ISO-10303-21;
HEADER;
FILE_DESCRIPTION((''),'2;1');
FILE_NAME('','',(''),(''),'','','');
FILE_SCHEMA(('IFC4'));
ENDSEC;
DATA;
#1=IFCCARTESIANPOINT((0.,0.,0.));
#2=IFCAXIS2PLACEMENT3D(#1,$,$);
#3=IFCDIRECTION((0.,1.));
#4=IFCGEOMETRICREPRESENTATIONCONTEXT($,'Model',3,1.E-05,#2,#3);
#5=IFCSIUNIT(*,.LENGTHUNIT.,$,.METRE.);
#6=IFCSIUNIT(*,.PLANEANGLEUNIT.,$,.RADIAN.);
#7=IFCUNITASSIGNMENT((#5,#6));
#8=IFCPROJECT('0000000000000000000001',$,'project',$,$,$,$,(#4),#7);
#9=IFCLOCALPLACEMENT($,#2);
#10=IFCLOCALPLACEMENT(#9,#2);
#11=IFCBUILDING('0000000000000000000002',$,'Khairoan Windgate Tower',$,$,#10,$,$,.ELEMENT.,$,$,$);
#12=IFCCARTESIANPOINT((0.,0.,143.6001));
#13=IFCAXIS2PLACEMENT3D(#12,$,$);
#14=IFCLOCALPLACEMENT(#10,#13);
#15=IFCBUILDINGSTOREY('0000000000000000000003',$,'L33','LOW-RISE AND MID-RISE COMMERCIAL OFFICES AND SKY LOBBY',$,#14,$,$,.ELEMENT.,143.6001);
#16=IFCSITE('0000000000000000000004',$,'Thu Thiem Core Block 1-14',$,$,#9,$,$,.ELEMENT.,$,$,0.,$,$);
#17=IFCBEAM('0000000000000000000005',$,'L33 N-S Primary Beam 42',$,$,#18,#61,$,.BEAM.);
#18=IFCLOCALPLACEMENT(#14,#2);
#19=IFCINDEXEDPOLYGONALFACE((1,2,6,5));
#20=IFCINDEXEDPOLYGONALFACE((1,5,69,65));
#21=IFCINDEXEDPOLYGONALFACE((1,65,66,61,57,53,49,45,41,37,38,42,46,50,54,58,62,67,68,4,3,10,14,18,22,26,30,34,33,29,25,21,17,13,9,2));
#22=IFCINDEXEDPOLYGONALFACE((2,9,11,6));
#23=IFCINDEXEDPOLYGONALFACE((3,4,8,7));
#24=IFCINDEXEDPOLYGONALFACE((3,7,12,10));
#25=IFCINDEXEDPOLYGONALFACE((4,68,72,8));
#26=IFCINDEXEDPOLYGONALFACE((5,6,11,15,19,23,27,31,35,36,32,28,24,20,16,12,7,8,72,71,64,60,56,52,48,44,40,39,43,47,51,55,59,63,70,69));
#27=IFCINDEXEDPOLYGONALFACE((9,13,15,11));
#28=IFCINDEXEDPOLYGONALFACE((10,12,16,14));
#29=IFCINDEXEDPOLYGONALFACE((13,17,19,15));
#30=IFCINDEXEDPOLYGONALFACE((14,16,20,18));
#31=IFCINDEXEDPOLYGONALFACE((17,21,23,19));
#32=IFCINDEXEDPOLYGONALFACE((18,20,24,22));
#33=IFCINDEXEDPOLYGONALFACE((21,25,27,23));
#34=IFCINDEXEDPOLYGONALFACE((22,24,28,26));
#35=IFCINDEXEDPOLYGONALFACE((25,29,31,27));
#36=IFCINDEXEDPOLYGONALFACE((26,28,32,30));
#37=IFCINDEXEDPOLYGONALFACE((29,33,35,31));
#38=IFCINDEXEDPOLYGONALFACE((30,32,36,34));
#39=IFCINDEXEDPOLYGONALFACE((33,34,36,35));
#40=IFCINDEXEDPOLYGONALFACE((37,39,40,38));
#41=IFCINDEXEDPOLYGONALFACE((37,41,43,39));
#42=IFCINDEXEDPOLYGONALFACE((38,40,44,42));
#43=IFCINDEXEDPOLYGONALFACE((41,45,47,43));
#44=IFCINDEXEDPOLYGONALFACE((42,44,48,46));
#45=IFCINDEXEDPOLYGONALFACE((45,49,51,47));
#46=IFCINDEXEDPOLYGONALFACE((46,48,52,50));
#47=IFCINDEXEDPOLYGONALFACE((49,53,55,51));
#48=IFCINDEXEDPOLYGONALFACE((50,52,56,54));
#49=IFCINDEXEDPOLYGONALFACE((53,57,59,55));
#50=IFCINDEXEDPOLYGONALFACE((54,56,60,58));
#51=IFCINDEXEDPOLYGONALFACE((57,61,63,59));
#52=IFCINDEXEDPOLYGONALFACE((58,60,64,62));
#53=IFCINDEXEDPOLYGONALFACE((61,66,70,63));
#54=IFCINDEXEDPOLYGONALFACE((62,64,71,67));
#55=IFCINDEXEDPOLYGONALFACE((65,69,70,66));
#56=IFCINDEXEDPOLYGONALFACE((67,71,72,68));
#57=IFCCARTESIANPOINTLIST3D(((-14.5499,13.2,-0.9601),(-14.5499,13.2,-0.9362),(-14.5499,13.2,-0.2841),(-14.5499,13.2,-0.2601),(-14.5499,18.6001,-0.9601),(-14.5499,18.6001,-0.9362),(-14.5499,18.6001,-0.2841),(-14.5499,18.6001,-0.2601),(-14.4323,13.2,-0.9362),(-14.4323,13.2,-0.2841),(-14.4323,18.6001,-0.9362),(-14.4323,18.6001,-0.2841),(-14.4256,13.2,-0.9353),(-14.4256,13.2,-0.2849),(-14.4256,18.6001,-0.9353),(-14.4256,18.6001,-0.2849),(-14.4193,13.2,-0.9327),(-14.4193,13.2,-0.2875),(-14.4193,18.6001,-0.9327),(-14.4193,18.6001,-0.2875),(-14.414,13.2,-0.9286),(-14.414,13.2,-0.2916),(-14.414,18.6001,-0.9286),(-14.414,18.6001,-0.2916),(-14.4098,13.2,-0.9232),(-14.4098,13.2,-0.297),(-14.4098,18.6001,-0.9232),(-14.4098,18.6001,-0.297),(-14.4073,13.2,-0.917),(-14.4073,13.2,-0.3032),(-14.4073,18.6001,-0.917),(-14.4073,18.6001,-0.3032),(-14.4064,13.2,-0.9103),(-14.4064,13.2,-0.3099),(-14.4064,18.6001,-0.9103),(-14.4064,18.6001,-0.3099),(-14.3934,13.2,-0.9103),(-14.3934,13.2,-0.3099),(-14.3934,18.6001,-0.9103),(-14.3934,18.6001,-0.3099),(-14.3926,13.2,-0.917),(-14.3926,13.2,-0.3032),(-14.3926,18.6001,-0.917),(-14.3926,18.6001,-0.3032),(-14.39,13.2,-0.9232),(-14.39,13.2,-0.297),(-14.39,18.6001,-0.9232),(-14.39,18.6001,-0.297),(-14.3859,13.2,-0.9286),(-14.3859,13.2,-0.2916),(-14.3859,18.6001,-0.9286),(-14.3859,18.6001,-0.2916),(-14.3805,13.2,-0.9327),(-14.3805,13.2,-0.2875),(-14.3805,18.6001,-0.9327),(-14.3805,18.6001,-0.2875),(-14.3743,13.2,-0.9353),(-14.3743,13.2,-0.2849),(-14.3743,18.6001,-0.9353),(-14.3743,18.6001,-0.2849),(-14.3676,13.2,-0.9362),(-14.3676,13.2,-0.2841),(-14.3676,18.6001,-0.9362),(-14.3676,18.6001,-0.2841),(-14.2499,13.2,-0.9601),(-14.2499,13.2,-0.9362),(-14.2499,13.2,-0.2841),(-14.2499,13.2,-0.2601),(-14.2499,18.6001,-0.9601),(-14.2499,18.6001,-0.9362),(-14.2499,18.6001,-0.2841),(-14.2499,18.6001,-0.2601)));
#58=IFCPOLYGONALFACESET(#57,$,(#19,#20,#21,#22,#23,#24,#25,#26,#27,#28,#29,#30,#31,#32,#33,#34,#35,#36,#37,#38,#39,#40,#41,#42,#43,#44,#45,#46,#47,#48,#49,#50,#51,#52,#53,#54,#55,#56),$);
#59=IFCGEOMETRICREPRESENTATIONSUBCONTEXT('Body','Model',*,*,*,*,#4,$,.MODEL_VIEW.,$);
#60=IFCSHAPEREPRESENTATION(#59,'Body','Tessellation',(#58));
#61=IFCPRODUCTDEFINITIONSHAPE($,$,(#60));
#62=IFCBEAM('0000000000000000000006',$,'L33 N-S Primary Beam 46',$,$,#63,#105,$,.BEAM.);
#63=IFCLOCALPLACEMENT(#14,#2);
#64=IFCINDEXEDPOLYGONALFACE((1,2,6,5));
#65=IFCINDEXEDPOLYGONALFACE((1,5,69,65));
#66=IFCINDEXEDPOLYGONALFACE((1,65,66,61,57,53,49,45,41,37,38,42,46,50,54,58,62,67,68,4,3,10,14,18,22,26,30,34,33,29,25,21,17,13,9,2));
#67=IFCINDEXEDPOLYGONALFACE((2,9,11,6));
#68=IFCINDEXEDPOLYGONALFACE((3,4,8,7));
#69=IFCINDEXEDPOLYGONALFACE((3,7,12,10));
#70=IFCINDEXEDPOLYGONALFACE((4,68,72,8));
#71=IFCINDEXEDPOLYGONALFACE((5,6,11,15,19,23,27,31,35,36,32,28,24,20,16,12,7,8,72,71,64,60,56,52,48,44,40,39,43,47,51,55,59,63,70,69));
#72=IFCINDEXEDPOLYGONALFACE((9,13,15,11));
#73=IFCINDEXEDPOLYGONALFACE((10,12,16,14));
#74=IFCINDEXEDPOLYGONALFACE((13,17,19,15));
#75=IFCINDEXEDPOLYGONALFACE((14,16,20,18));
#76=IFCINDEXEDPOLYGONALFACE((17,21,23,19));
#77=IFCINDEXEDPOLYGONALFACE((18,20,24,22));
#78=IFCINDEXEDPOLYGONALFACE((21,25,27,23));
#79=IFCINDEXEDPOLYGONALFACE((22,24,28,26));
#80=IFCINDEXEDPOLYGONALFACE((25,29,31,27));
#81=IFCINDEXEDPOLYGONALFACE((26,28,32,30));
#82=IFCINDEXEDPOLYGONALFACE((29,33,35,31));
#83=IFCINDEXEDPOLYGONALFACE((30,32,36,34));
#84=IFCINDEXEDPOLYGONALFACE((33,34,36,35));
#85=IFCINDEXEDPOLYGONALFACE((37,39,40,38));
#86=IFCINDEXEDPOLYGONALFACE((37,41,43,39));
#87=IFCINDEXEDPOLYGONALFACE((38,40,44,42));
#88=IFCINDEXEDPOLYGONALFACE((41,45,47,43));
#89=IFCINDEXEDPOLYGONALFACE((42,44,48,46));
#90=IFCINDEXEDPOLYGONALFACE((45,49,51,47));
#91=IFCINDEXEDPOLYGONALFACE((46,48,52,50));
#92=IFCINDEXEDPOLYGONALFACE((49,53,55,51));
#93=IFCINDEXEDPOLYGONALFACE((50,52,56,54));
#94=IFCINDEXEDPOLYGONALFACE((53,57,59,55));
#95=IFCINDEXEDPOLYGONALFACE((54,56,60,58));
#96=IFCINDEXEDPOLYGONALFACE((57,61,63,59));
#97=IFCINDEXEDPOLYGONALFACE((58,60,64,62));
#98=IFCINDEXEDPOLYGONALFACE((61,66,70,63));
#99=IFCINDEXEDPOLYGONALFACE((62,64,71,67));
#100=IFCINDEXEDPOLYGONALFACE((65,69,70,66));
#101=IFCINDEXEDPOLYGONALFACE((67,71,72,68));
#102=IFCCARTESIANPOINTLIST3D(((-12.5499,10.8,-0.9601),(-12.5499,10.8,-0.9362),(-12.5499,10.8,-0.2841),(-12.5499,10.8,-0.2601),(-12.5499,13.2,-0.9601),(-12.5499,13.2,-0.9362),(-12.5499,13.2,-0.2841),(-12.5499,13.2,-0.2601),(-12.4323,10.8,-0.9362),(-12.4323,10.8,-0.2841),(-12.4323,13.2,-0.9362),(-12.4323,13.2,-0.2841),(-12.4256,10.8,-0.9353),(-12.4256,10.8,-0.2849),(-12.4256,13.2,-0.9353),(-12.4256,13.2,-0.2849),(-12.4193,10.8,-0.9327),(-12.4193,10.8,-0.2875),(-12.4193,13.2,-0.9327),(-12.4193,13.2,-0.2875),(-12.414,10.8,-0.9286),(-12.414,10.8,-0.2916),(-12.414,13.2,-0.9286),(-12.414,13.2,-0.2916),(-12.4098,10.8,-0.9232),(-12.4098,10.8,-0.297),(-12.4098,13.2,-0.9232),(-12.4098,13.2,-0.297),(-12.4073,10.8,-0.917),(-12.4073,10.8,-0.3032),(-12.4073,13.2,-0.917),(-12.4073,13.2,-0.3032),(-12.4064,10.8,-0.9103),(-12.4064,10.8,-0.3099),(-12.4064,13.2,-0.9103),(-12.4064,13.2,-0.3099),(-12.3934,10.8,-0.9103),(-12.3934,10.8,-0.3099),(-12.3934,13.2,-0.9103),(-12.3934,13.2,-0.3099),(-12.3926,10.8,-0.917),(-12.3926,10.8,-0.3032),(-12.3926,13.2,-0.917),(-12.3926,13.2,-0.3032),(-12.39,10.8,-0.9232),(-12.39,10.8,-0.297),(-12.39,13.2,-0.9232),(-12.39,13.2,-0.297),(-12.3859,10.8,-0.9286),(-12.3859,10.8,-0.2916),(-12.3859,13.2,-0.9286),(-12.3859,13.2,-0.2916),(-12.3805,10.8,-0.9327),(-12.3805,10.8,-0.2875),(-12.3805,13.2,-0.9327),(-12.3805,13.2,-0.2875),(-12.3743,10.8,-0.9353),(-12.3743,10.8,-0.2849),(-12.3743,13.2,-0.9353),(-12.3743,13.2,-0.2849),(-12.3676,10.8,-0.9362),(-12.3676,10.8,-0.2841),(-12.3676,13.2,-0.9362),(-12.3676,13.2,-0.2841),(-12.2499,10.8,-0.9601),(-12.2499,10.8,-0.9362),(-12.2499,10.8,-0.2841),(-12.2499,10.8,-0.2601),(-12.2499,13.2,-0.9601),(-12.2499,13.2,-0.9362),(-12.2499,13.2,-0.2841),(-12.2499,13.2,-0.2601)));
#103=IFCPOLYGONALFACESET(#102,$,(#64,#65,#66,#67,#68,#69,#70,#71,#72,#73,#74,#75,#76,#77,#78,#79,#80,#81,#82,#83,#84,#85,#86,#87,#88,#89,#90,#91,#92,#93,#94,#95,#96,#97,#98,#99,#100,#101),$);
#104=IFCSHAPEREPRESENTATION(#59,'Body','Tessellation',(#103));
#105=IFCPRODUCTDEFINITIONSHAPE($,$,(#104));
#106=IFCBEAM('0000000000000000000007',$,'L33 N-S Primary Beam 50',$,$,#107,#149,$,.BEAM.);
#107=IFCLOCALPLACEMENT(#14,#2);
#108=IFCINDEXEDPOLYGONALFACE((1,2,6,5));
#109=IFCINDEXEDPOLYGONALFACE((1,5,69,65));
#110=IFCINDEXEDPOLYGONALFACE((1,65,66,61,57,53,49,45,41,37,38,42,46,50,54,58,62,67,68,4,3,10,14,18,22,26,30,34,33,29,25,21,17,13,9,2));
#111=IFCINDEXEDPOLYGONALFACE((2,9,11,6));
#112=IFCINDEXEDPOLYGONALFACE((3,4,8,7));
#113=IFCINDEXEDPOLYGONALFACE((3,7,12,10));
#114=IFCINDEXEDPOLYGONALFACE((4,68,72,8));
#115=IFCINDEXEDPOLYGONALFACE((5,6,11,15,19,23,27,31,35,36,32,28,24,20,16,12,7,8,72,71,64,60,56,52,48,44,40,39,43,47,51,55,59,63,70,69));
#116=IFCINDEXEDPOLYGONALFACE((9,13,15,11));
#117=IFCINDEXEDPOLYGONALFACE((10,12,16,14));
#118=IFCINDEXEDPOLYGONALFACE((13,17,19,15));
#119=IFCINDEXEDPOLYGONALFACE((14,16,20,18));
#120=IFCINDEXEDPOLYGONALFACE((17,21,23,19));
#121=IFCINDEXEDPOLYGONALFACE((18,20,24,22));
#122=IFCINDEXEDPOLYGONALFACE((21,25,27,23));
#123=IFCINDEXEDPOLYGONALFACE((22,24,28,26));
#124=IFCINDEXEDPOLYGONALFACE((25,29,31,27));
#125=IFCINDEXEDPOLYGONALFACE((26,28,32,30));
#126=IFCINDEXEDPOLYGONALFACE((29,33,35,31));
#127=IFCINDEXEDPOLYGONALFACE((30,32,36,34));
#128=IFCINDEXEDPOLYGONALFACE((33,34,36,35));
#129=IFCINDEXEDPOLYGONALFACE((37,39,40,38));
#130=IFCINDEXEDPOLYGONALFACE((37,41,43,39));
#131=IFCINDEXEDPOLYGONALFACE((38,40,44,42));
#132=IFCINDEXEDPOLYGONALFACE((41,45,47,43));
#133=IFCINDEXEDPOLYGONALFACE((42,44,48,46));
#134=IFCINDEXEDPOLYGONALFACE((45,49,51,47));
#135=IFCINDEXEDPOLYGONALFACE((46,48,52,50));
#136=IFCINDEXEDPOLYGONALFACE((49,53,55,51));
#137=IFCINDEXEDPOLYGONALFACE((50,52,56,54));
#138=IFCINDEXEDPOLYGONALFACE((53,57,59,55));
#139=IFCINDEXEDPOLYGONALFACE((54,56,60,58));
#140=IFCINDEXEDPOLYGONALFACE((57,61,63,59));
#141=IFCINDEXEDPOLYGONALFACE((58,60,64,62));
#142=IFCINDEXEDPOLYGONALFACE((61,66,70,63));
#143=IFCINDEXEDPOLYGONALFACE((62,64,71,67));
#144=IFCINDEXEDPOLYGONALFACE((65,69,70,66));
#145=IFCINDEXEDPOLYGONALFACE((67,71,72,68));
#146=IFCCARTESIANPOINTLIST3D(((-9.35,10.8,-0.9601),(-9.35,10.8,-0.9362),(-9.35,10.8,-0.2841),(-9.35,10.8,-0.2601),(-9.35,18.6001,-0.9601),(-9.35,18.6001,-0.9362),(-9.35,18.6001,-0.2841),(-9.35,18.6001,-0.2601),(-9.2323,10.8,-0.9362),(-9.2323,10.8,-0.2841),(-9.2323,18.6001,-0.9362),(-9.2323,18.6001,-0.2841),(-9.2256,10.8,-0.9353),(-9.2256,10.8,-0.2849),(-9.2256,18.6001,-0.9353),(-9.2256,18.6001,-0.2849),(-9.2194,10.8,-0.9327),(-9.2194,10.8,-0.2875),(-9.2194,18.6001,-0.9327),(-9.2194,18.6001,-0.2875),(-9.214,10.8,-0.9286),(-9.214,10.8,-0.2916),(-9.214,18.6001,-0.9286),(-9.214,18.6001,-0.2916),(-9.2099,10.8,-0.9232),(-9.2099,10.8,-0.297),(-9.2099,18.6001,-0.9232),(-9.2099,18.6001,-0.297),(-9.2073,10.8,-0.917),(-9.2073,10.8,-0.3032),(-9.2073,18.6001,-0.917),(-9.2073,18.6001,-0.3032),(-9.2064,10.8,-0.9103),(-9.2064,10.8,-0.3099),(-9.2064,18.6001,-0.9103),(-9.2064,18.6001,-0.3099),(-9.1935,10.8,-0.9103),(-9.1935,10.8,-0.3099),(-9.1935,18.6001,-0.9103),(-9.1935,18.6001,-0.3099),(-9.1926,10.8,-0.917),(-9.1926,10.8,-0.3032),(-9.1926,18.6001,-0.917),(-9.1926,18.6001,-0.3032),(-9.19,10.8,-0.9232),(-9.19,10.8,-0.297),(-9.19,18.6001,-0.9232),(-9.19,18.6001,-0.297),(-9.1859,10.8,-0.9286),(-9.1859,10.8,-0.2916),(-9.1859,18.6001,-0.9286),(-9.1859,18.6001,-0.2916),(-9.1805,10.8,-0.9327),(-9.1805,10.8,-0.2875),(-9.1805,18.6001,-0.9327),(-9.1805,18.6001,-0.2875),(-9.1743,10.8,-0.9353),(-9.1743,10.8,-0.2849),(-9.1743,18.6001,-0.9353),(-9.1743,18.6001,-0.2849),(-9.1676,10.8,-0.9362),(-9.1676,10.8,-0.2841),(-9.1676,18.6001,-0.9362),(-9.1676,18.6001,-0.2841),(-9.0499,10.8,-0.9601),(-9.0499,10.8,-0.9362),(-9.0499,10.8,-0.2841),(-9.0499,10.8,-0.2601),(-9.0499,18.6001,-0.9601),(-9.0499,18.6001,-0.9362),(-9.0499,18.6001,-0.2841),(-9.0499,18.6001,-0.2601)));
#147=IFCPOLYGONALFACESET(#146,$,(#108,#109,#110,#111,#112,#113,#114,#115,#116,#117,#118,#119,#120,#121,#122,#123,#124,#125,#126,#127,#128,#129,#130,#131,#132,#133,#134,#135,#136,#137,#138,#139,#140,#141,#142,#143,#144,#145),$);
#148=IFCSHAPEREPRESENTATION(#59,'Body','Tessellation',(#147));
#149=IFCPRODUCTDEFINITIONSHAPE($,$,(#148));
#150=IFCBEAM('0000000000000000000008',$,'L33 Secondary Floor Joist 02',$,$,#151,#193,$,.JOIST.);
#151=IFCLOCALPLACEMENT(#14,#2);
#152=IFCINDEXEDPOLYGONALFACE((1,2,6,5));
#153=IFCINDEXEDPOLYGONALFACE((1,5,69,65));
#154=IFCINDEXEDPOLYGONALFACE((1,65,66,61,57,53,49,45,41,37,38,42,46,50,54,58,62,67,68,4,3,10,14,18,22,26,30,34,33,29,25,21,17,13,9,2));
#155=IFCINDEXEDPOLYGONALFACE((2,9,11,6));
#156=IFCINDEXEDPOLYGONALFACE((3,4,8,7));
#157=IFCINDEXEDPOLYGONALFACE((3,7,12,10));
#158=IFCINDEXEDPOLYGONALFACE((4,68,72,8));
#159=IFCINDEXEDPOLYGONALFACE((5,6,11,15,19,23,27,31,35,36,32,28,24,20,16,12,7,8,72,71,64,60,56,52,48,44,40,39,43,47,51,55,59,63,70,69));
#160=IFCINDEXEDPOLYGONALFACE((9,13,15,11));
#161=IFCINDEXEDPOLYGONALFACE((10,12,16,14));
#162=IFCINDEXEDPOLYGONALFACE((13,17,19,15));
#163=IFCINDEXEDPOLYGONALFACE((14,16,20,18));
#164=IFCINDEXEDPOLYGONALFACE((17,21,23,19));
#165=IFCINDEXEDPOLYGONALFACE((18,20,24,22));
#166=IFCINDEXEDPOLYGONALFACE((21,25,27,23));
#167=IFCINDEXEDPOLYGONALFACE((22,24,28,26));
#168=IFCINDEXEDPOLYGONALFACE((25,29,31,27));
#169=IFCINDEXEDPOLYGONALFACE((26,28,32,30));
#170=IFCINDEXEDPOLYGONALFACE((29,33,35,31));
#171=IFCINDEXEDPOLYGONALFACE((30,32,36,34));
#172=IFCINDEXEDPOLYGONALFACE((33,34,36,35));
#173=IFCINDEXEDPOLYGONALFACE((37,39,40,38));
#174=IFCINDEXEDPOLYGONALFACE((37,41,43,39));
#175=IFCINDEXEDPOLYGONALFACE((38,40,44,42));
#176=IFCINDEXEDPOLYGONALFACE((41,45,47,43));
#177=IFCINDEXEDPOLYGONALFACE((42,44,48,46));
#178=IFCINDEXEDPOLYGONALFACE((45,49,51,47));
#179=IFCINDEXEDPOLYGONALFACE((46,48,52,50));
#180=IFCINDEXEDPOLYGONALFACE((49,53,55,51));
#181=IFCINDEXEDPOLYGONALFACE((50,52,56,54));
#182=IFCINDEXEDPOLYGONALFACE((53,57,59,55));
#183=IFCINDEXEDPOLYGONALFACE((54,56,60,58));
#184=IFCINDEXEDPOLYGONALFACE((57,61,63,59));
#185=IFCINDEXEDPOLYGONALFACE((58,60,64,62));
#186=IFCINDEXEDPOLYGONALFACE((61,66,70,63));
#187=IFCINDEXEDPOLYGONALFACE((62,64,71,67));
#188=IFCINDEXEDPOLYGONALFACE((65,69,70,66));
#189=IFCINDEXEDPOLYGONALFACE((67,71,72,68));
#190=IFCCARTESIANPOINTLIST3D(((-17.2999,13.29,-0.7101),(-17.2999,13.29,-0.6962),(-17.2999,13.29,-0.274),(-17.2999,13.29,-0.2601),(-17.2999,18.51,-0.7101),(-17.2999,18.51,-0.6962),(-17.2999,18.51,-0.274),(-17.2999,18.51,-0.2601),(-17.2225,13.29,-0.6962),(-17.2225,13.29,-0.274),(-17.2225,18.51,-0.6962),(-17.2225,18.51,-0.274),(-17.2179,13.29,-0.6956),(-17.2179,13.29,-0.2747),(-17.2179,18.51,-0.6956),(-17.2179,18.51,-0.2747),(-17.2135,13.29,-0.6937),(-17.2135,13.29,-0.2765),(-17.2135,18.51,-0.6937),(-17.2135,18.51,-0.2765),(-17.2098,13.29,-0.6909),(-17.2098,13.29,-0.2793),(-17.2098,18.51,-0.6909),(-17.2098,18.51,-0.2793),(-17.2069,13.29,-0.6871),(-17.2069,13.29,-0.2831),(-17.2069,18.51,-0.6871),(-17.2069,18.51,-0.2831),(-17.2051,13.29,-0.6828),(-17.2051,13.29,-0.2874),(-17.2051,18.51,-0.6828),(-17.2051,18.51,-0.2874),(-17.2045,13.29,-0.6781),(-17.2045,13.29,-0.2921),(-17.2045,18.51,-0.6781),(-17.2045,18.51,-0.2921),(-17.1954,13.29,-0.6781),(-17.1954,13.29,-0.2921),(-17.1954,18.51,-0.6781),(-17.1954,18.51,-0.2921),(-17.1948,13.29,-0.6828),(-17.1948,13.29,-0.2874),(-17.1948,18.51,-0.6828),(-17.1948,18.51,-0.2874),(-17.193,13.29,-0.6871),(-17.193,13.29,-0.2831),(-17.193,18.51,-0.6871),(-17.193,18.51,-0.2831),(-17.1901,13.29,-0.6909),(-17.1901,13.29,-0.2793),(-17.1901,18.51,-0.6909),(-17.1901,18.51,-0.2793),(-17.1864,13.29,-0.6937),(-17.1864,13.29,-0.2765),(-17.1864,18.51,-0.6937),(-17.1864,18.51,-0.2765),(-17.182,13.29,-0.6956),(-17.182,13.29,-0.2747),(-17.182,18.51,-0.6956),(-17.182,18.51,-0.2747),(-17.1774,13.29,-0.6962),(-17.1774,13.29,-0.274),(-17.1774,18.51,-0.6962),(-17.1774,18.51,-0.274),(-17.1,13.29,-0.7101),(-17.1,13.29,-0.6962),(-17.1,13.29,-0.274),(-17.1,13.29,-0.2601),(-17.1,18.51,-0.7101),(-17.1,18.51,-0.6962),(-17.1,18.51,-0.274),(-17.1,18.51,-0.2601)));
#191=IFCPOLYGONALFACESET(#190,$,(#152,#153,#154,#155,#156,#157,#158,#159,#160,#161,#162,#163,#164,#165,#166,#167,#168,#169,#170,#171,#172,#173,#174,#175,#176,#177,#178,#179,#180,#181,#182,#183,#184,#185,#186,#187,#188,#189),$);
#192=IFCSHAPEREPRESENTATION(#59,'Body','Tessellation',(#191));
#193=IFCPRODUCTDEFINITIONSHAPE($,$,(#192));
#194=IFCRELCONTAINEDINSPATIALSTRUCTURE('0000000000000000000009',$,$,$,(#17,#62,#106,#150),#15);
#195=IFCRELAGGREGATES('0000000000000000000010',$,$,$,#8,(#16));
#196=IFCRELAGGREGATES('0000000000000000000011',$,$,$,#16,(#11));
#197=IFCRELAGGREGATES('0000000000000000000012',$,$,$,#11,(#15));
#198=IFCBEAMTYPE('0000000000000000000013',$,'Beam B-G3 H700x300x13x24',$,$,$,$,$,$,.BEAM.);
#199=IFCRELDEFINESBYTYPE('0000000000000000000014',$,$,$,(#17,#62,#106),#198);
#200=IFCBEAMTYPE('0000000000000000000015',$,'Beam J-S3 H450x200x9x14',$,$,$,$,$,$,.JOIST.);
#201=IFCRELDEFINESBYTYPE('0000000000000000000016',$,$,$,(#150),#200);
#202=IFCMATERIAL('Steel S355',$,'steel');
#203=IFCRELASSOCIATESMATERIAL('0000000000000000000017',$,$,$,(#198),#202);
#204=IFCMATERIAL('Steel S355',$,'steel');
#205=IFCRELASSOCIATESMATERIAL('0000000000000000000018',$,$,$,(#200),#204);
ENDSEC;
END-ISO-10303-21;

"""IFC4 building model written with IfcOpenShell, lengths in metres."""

from ifc_helpers import new_model, si_unit, direction, frame, origin, origin_2d, place, context, subcontext, project, spatial, i_section, extrude, material, material_profile, profile_set, type_object, element, save


model = new_model("IFC4")

# Units and contexts
model_context = context("Model", 3, precision=1e-05, world=origin(), true_north=direction((0.0, 1.0)))
body_context = subcontext(model_context, "Body", "Model", "MODEL_VIEW")
ifc_project = project(units=[si_unit("LENGTHUNIT", "METRE"), si_unit("PLANEANGLEUNIT", "RADIAN")], contexts=[model_context])

# Site, building, storey
site_placement = place(None, origin())
site = spatial("IfcSite", under=ifc_project, at=site_placement, Name="Thu Thiem Core Block 1-14", CompositionType="ELEMENT", RefElevation=0.0)
building_placement = place(site_placement, origin())
building = spatial("IfcBuilding", under=site, at=building_placement, Name="Khairoan Windgate Tower", CompositionType="ELEMENT")
storey_placement = place(building_placement, frame((0.0, 0.0, 143.6001)))
storey = spatial("IfcBuildingStorey", under=building, at=storey_placement, Name="L33", Description="LOW-RISE AND MID-RISE COMMERCIAL OFFICES AND SKY LOBBY", CompositionType="ELEMENT", Elevation=143.6001)

# Beams
ifc_material_1 = material(Name="Steel S355", Category="steel")
ifc_material_profile_1 = material_profile(ifc_material_1, i_section(OverallWidth=0.3, OverallDepth=0.7, WebThickness=0.0129, FlangeThickness=0.0239, FilletRadius=0.0259, at=origin_2d()))
ifc_profile_set_1 = profile_set([ifc_material_profile_1], Name="Steel S355")
beam_type_1 = type_object("IfcBeamType", Name="Beam B-G3 H700x300x13x24", PredefinedType="BEAM", material=ifc_profile_set_1)
beam_1_placement = place(storey_placement, frame((-14.3999, 13.2, -0.6101), z_axis=(0.0, 1.0, 0.0), x_axis=(-1.0, 0.0, 0.0)))
element("IfcBeam", 1, at=beam_1_placement, inside=storey, type_object=beam_type_1, Name="L33 N-S Primary Beam 42", PredefinedType="BEAM", context=body_context, shape_type="SweptSolid", body=[
    extrude(i_section(OverallWidth=0.3, OverallDepth=0.7, WebThickness=0.0129, FlangeThickness=0.0239, FilletRadius=0.0259, at=origin_2d()), origin(), (0.0, 0.0, 1.0), 5.4001),
])
beam_2_placement = place(storey_placement, frame((-12.3999, 10.8, -0.6101), z_axis=(0.0, 1.0, 0.0), x_axis=(-1.0, 0.0, 0.0)))
element("IfcBeam", 2, at=beam_2_placement, inside=storey, type_object=beam_type_1, Name="L33 N-S Primary Beam 46", PredefinedType="BEAM", context=body_context, shape_type="SweptSolid", body=[
    extrude(i_section(OverallWidth=0.3, OverallDepth=0.7, WebThickness=0.0129, FlangeThickness=0.0239, FilletRadius=0.0259, at=origin_2d()), origin(), (0.0, 0.0, 1.0), 2.3999),
])
beam_3_placement = place(storey_placement, frame((-9.2, 10.8, -0.6101), z_axis=(0.0, 1.0, 0.0), x_axis=(-1.0, 0.0, 0.0)))
element("IfcBeam", 3, at=beam_3_placement, inside=storey, type_object=beam_type_1, Name="L33 N-S Primary Beam 50", PredefinedType="BEAM", context=body_context, shape_type="SweptSolid", body=[
    extrude(i_section(OverallWidth=0.3, OverallDepth=0.7, WebThickness=0.0129, FlangeThickness=0.0239, FilletRadius=0.0259, at=origin_2d()), origin(), (0.0, 0.0, 1.0), 7.8),
])
ifc_material_2 = material(Name="Steel S355", Category="steel")
ifc_material_profile_2 = material_profile(ifc_material_2, i_section(OverallWidth=0.2, OverallDepth=0.45, WebThickness=0.009, FlangeThickness=0.0139, FilletRadius=0.0181, at=origin_2d()))
ifc_profile_set_2 = profile_set([ifc_material_profile_2], Name="Steel S355")
beam_type_2 = type_object("IfcBeamType", Name="Beam J-S3 H450x200x9x14", PredefinedType="JOIST", material=ifc_profile_set_2)
beam_4_placement = place(storey_placement, frame((-17.2, 13.29, -0.4851), z_axis=(0.0, 1.0, 0.0), x_axis=(-1.0, 0.0, 0.0)))
element("IfcBeam", 4, at=beam_4_placement, inside=storey, type_object=beam_type_2, Name="L33 Secondary Floor Joist 02", PredefinedType="JOIST", context=body_context, shape_type="SweptSolid", body=[
    extrude(i_section(OverallWidth=0.2, OverallDepth=0.45, WebThickness=0.009, FlangeThickness=0.0139, FilletRadius=0.0181, at=origin_2d()), origin(), (0.0, 0.0, 1.0), 5.22),
])

save(model, "model.ifc")
